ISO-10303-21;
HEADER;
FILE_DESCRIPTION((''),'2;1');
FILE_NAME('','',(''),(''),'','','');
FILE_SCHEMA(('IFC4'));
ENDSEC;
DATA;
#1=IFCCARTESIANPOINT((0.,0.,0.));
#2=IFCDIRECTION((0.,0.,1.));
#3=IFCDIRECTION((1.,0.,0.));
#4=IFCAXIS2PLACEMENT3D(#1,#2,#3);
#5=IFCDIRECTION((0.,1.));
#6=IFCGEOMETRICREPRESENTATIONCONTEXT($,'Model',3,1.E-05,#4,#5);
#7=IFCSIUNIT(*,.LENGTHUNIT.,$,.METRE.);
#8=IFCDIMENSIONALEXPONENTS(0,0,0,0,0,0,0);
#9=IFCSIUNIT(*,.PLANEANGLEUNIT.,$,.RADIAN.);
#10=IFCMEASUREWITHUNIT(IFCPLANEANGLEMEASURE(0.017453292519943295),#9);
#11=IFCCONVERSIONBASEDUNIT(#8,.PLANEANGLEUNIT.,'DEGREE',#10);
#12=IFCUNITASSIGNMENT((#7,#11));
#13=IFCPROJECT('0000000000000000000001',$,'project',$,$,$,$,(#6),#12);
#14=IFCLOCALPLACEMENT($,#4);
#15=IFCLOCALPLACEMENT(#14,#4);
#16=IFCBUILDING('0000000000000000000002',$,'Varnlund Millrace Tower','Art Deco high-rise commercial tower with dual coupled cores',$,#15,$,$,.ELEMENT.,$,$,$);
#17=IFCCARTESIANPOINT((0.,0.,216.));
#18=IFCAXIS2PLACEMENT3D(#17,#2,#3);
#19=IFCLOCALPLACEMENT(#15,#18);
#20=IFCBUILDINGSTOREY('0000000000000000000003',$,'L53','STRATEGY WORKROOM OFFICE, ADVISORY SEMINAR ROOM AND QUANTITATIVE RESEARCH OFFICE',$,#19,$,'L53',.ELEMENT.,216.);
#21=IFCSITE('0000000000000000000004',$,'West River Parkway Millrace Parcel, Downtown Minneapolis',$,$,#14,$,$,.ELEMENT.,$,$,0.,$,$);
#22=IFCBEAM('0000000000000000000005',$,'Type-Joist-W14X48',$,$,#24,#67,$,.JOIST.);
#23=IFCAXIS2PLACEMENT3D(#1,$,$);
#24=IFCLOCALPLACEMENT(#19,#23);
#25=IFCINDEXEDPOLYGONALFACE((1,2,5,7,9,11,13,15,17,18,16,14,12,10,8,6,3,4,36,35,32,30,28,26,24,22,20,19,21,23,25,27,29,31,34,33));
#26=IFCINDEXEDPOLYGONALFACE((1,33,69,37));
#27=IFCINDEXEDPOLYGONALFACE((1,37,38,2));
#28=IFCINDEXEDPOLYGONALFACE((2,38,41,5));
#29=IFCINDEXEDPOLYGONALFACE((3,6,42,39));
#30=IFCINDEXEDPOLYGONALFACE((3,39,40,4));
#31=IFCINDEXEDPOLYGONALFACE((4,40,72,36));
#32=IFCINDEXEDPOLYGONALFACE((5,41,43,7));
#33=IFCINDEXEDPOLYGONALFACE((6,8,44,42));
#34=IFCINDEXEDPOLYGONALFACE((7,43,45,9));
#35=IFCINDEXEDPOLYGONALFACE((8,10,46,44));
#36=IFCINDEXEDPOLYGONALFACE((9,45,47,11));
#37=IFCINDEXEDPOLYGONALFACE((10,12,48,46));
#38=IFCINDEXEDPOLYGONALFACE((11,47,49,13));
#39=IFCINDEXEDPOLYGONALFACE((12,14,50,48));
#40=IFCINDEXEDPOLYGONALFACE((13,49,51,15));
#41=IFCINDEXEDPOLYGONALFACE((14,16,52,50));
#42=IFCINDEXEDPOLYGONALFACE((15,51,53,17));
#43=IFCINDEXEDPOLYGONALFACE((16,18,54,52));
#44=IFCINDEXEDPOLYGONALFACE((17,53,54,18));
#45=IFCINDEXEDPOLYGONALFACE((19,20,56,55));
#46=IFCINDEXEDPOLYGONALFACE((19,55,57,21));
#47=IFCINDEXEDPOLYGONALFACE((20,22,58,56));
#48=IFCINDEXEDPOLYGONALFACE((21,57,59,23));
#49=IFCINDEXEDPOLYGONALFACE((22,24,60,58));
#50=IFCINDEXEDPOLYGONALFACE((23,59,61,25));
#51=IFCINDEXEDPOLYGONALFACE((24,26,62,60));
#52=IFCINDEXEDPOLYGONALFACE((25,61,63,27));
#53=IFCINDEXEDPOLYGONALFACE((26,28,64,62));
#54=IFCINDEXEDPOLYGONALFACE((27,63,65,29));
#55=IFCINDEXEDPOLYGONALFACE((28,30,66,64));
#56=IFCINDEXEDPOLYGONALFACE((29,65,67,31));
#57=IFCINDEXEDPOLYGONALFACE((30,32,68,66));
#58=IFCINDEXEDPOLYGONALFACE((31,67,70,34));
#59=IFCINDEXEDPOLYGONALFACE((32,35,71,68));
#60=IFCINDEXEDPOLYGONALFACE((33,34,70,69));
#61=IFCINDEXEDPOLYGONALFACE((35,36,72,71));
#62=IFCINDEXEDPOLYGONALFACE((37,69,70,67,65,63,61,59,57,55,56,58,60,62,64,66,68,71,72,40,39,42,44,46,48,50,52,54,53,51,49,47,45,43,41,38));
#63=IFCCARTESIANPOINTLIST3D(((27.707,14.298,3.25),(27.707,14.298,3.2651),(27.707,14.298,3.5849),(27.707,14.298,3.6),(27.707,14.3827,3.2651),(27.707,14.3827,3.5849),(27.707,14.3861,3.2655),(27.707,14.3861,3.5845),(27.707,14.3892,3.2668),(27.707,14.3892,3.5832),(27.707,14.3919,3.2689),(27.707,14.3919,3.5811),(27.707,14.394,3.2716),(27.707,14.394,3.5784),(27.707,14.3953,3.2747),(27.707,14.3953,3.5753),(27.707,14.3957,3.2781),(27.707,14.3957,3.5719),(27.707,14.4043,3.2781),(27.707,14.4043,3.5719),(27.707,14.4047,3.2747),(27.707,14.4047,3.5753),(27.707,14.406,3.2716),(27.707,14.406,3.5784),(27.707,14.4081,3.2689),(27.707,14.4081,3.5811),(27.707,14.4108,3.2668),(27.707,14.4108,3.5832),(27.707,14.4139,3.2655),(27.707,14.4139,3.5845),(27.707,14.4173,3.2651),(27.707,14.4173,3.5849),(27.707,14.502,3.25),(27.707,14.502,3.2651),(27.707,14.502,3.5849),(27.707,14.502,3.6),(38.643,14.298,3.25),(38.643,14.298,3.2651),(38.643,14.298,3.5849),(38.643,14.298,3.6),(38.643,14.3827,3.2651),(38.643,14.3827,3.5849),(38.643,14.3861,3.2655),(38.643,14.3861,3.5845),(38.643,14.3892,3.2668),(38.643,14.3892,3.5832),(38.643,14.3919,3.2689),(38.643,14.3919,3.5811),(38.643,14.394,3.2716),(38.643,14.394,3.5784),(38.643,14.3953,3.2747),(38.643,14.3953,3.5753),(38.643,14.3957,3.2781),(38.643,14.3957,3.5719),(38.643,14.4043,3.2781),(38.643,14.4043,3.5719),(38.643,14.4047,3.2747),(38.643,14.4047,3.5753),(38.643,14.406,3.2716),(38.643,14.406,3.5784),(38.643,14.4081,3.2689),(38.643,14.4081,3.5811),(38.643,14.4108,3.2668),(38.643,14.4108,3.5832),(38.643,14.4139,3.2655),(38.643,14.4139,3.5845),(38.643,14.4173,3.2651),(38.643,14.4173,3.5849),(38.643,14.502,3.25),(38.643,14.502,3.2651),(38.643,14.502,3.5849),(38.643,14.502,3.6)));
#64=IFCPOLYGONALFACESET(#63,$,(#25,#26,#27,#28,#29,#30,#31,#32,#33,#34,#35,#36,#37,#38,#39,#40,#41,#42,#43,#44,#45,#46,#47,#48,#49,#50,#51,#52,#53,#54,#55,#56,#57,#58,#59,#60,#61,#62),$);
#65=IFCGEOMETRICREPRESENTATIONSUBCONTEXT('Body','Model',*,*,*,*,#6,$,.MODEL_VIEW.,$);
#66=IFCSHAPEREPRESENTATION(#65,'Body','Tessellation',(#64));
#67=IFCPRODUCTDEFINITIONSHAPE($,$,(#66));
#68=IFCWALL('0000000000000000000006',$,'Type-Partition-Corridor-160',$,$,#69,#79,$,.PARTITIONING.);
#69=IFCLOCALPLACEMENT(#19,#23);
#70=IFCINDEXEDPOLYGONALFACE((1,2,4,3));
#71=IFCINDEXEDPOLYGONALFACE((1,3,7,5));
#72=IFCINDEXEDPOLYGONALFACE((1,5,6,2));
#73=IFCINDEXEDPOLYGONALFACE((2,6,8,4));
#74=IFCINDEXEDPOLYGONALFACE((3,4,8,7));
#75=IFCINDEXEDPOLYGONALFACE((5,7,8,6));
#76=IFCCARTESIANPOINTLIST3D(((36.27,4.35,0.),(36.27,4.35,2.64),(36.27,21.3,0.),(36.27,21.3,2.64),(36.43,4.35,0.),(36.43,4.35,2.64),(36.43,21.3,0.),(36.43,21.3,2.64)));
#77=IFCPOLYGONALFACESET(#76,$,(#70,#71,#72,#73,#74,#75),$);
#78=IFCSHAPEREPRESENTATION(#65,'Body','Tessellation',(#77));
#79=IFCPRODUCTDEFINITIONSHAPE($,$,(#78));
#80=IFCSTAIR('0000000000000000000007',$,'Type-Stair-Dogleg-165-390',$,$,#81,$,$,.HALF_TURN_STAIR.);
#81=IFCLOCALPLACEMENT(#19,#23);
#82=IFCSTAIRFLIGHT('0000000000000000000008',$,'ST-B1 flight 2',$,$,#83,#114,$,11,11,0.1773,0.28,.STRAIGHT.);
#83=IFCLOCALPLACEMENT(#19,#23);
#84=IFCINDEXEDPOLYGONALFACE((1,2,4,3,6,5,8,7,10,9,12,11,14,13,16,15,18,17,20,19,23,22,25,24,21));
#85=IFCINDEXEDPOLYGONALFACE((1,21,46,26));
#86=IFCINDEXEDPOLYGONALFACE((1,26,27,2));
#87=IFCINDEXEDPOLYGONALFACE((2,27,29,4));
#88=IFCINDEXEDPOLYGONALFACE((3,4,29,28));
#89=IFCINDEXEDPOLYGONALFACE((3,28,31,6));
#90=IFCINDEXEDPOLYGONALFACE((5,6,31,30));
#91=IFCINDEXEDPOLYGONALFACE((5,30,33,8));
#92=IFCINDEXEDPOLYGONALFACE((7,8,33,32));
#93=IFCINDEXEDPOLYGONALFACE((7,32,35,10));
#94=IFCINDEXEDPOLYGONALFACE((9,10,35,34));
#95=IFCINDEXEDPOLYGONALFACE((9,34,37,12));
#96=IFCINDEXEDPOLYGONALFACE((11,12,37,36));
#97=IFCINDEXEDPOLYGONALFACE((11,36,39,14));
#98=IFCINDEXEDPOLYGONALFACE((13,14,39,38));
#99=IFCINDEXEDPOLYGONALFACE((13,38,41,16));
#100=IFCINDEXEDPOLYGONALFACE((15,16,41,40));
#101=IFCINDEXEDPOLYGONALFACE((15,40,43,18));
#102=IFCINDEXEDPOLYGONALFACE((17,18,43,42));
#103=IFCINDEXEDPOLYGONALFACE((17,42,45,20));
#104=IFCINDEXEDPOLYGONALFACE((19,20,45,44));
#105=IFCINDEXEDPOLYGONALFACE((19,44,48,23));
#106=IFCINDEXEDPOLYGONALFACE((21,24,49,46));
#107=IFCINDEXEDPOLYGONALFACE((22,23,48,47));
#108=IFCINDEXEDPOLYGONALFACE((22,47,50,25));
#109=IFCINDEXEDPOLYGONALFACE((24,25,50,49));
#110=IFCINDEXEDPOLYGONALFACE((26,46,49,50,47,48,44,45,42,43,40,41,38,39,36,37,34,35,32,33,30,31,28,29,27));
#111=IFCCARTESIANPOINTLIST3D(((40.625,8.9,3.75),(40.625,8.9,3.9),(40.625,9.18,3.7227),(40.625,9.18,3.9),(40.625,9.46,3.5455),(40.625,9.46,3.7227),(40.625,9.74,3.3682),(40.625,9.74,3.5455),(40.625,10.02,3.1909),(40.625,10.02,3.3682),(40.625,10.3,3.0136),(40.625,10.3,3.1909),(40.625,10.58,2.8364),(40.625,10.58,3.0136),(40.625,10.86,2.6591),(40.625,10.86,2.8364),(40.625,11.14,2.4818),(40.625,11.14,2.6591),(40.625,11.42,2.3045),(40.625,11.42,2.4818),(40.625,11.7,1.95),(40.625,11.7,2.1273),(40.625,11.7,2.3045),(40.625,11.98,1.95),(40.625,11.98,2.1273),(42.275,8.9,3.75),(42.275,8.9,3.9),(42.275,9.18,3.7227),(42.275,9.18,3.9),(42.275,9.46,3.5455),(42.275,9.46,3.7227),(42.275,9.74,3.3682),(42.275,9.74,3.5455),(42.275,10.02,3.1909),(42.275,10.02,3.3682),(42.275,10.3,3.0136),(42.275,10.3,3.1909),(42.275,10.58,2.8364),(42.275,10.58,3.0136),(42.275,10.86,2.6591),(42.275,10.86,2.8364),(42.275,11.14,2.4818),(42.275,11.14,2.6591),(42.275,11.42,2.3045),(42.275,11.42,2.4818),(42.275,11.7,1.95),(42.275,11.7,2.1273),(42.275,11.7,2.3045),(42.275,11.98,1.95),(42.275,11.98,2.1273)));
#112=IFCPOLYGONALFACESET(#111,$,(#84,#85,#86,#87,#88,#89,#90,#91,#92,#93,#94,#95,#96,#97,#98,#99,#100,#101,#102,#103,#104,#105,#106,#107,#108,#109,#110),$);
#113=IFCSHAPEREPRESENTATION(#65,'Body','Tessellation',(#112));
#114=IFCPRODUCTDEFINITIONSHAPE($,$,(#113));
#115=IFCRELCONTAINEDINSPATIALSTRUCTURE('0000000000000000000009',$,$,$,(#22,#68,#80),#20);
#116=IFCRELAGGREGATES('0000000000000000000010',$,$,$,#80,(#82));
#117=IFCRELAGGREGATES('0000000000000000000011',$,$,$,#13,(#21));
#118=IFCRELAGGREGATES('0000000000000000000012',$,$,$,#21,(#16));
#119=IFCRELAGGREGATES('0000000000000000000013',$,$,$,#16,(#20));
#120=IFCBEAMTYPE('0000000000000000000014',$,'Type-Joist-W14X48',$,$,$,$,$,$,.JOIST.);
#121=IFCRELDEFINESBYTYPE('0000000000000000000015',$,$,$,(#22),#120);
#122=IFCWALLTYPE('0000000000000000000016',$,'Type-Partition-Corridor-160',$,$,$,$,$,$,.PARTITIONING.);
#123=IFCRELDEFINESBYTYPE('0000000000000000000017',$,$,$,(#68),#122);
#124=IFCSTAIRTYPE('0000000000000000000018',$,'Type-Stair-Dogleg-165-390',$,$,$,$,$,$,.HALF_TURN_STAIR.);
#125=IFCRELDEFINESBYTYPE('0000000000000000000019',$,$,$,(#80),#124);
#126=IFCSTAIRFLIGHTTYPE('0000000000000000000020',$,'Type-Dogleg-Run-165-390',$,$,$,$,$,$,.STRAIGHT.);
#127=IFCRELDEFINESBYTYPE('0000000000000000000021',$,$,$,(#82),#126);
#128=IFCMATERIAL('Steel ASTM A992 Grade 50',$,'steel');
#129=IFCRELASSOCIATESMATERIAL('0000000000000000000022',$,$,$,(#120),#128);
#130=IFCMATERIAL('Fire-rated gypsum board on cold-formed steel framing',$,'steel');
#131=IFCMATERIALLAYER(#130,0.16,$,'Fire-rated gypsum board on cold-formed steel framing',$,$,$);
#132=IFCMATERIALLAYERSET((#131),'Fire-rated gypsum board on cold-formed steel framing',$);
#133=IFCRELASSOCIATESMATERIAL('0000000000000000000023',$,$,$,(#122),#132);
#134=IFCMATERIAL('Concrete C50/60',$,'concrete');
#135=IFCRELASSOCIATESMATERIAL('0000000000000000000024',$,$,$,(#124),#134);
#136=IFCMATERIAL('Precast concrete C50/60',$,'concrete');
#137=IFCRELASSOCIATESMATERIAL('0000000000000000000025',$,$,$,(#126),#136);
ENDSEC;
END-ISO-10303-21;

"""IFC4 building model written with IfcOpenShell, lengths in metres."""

from ifc_helpers import new_model, entity, si_unit, converted_unit, direction, frame, origin_with_axes, origin_2d_with_axis, place, context, subcontext, project, spatial, polyline, i_section, outline, extrude, material, layer, layer_set, material_profile, profile_set, type_object, element, aggregate, save


model = new_model("IFC4")

# Units and contexts
model_context = context("Model", 3, precision=1e-05, world=origin_with_axes(), true_north=direction((0.0, 1.0)))
body_context = subcontext(model_context, "Body", "Model", "MODEL_VIEW")
ifc_project = project(units=[si_unit("LENGTHUNIT", "METRE"), converted_unit("PLANEANGLEUNIT", "DEGREE", entity("IfcPlaneAngleMeasure", 0.017453292519943295), si_unit("PLANEANGLEUNIT", "RADIAN"), dimensions=[0, 0, 0, 0, 0, 0, 0])], contexts=[model_context])

# Site, building, storey
site_placement = place(None, origin_with_axes())
site = spatial("IfcSite", under=ifc_project, at=site_placement, Name="West River Parkway Millrace Parcel, Downtown Minneapolis", CompositionType="ELEMENT", RefElevation=0.0)
building_placement = place(site_placement, origin_with_axes())
building = spatial("IfcBuilding", under=site, at=building_placement, Name="Varnlund Millrace Tower", Description="Art Deco high-rise commercial tower with dual coupled cores", CompositionType="ELEMENT")
storey_placement = place(building_placement, frame((0.0, 0.0, 216.0), z_axis=(0.0, 0.0, 1.0), x_axis=(1.0, 0.0, 0.0)))
storey = spatial("IfcBuildingStorey", under=building, at=storey_placement, Name="L53", Description="STRATEGY WORKROOM OFFICE, ADVISORY SEMINAR ROOM AND QUANTITATIVE RESEARCH OFFICE", LongName="L53", CompositionType="ELEMENT", Elevation=216.0)

# Beam
ifc_material_1 = material(Name="Steel ASTM A992 Grade 50", Category="steel")
ifc_material_profile_1 = material_profile(ifc_material_1, i_section(OverallWidth=0.204, OverallDepth=0.35, WebThickness=0.0086, FlangeThickness=0.0151, FilletRadius=0.013, at=origin_2d_with_axis()), Name="Steel ASTM A992 Grade 50")
ifc_profile_set_1 = profile_set([ifc_material_profile_1], Name="Steel ASTM A992 Grade 50")
beam_type_1 = type_object("IfcBeamType", Name="Type-Joist-W14X48", PredefinedType="JOIST", material=ifc_profile_set_1)
for number, where, z_axis, x_axis, name in (
    (1, (27.707, 14.4, 3.425), (1.0, 0.0, 0.0), (0.0, 1.0, 0.0), "Type-Joist-W14X48"),
):
    element("IfcBeam", number, at=place(storey_placement, frame(where, z_axis=z_axis, x_axis=x_axis)), inside=storey, type_object=beam_type_1, Name=name, PredefinedType="JOIST", context=body_context, shape_type="SweptSolid", body=[
        extrude(i_section(OverallWidth=0.204, OverallDepth=0.35, WebThickness=0.0086, FlangeThickness=0.0151, FilletRadius=0.013, at=origin_2d_with_axis()), origin_with_axes(), (0.0, 0.0, 1.0), 10.936),
    ])

# Shared definitions
ifc_material_2 = material(Name="Fire-rated gypsum board on cold-formed steel framing", Category="steel")
ifc_layer = layer(ifc_material_2, 0.16, Name="Fire-rated gypsum board on cold-formed steel framing")
ifc_layer_set = layer_set([ifc_layer], Name="Fire-rated gypsum board on cold-formed steel framing")
wall_type = type_object("IfcWallType", Name="Type-Partition-Corridor-160", PredefinedType="PARTITIONING", material=ifc_layer_set)

# Wall
wall_1_placement = place(storey_placement, frame((36.35, 4.35, 0.0), z_axis=(0.0, 0.0, 1.0), x_axis=(0.0, 1.0, 0.0)))
element("IfcWall", 2, at=wall_1_placement, inside=storey, type_object=wall_type, Name="Type-Partition-Corridor-160", PredefinedType="PARTITIONING", context=body_context, shape_type="SweptSolid", body=[
    extrude(outline(polyline([(0.0, -0.08), (16.95, -0.08), (16.95, 0.08), (0.0, 0.08), (0.0, -0.08)])), origin_with_axes(), (0.0, 0.0, 1.0), 2.64),
])

# Stair, stair flight
ifc_material_3 = material(Name="Concrete C50/60", Category="concrete")
stair_type = type_object("IfcStairType", Name="Type-Stair-Dogleg-165-390", PredefinedType="HALF_TURN_STAIR", material=ifc_material_3)
stair_placement = place(storey_placement, origin_with_axes())
stair = element("IfcStair", 3, at=stair_placement, inside=storey, type_object=stair_type, Name="Type-Stair-Dogleg-165-390", PredefinedType="HALF_TURN_STAIR")
ifc_material_4 = material(Name="Precast concrete C50/60", Category="concrete")
stair_flight_type = type_object("IfcStairFlightType", Name="Type-Dogleg-Run-165-390", PredefinedType="STRAIGHT", material=ifc_material_4)
stair_flight_placement = place(storey_placement, frame((42.275, 11.98, 1.95), z_axis=(-1.0, 0.0, 0.0), x_axis=(0.0, -1.0, 0.0)))
stair_flight = element("IfcStairFlight", 4, at=stair_flight_placement, type_object=stair_flight_type, Name="ST-B1 flight 2", NumberOfRisers=11, NumberOfTreads=11, PredefinedType="STRAIGHT", RiserHeight=0.1773, TreadLength=0.28, context=body_context, shape_type="SweptSolid", body=[
    extrude(outline(polyline([(0.0, 0.0), (0.0, 0.1773), (0.28, 0.1773), (0.28, 0.3545), (0.56, 0.3545), (0.56, 0.5318), (0.84, 0.5318), (0.84, 0.7091), (1.12, 0.7091), (1.12, 0.8864), (1.4, 0.8864), (1.4, 1.0636), (1.68, 1.0636), (1.68, 1.2409), (1.96, 1.2409), (1.96, 1.4182), (2.24, 1.4182), (2.24, 1.5955), (2.52, 1.5955), (2.52, 1.7727), (2.8, 1.7727), (2.8, 1.95), (3.08, 1.95), (3.08, 1.8), (0.28, 0.0), (0.0, 0.0)])), origin_with_axes(), (0.0, 0.0, 1.0), 1.65),
])
aggregate(stair, [stair_flight])

save(model, "model.ifc")
